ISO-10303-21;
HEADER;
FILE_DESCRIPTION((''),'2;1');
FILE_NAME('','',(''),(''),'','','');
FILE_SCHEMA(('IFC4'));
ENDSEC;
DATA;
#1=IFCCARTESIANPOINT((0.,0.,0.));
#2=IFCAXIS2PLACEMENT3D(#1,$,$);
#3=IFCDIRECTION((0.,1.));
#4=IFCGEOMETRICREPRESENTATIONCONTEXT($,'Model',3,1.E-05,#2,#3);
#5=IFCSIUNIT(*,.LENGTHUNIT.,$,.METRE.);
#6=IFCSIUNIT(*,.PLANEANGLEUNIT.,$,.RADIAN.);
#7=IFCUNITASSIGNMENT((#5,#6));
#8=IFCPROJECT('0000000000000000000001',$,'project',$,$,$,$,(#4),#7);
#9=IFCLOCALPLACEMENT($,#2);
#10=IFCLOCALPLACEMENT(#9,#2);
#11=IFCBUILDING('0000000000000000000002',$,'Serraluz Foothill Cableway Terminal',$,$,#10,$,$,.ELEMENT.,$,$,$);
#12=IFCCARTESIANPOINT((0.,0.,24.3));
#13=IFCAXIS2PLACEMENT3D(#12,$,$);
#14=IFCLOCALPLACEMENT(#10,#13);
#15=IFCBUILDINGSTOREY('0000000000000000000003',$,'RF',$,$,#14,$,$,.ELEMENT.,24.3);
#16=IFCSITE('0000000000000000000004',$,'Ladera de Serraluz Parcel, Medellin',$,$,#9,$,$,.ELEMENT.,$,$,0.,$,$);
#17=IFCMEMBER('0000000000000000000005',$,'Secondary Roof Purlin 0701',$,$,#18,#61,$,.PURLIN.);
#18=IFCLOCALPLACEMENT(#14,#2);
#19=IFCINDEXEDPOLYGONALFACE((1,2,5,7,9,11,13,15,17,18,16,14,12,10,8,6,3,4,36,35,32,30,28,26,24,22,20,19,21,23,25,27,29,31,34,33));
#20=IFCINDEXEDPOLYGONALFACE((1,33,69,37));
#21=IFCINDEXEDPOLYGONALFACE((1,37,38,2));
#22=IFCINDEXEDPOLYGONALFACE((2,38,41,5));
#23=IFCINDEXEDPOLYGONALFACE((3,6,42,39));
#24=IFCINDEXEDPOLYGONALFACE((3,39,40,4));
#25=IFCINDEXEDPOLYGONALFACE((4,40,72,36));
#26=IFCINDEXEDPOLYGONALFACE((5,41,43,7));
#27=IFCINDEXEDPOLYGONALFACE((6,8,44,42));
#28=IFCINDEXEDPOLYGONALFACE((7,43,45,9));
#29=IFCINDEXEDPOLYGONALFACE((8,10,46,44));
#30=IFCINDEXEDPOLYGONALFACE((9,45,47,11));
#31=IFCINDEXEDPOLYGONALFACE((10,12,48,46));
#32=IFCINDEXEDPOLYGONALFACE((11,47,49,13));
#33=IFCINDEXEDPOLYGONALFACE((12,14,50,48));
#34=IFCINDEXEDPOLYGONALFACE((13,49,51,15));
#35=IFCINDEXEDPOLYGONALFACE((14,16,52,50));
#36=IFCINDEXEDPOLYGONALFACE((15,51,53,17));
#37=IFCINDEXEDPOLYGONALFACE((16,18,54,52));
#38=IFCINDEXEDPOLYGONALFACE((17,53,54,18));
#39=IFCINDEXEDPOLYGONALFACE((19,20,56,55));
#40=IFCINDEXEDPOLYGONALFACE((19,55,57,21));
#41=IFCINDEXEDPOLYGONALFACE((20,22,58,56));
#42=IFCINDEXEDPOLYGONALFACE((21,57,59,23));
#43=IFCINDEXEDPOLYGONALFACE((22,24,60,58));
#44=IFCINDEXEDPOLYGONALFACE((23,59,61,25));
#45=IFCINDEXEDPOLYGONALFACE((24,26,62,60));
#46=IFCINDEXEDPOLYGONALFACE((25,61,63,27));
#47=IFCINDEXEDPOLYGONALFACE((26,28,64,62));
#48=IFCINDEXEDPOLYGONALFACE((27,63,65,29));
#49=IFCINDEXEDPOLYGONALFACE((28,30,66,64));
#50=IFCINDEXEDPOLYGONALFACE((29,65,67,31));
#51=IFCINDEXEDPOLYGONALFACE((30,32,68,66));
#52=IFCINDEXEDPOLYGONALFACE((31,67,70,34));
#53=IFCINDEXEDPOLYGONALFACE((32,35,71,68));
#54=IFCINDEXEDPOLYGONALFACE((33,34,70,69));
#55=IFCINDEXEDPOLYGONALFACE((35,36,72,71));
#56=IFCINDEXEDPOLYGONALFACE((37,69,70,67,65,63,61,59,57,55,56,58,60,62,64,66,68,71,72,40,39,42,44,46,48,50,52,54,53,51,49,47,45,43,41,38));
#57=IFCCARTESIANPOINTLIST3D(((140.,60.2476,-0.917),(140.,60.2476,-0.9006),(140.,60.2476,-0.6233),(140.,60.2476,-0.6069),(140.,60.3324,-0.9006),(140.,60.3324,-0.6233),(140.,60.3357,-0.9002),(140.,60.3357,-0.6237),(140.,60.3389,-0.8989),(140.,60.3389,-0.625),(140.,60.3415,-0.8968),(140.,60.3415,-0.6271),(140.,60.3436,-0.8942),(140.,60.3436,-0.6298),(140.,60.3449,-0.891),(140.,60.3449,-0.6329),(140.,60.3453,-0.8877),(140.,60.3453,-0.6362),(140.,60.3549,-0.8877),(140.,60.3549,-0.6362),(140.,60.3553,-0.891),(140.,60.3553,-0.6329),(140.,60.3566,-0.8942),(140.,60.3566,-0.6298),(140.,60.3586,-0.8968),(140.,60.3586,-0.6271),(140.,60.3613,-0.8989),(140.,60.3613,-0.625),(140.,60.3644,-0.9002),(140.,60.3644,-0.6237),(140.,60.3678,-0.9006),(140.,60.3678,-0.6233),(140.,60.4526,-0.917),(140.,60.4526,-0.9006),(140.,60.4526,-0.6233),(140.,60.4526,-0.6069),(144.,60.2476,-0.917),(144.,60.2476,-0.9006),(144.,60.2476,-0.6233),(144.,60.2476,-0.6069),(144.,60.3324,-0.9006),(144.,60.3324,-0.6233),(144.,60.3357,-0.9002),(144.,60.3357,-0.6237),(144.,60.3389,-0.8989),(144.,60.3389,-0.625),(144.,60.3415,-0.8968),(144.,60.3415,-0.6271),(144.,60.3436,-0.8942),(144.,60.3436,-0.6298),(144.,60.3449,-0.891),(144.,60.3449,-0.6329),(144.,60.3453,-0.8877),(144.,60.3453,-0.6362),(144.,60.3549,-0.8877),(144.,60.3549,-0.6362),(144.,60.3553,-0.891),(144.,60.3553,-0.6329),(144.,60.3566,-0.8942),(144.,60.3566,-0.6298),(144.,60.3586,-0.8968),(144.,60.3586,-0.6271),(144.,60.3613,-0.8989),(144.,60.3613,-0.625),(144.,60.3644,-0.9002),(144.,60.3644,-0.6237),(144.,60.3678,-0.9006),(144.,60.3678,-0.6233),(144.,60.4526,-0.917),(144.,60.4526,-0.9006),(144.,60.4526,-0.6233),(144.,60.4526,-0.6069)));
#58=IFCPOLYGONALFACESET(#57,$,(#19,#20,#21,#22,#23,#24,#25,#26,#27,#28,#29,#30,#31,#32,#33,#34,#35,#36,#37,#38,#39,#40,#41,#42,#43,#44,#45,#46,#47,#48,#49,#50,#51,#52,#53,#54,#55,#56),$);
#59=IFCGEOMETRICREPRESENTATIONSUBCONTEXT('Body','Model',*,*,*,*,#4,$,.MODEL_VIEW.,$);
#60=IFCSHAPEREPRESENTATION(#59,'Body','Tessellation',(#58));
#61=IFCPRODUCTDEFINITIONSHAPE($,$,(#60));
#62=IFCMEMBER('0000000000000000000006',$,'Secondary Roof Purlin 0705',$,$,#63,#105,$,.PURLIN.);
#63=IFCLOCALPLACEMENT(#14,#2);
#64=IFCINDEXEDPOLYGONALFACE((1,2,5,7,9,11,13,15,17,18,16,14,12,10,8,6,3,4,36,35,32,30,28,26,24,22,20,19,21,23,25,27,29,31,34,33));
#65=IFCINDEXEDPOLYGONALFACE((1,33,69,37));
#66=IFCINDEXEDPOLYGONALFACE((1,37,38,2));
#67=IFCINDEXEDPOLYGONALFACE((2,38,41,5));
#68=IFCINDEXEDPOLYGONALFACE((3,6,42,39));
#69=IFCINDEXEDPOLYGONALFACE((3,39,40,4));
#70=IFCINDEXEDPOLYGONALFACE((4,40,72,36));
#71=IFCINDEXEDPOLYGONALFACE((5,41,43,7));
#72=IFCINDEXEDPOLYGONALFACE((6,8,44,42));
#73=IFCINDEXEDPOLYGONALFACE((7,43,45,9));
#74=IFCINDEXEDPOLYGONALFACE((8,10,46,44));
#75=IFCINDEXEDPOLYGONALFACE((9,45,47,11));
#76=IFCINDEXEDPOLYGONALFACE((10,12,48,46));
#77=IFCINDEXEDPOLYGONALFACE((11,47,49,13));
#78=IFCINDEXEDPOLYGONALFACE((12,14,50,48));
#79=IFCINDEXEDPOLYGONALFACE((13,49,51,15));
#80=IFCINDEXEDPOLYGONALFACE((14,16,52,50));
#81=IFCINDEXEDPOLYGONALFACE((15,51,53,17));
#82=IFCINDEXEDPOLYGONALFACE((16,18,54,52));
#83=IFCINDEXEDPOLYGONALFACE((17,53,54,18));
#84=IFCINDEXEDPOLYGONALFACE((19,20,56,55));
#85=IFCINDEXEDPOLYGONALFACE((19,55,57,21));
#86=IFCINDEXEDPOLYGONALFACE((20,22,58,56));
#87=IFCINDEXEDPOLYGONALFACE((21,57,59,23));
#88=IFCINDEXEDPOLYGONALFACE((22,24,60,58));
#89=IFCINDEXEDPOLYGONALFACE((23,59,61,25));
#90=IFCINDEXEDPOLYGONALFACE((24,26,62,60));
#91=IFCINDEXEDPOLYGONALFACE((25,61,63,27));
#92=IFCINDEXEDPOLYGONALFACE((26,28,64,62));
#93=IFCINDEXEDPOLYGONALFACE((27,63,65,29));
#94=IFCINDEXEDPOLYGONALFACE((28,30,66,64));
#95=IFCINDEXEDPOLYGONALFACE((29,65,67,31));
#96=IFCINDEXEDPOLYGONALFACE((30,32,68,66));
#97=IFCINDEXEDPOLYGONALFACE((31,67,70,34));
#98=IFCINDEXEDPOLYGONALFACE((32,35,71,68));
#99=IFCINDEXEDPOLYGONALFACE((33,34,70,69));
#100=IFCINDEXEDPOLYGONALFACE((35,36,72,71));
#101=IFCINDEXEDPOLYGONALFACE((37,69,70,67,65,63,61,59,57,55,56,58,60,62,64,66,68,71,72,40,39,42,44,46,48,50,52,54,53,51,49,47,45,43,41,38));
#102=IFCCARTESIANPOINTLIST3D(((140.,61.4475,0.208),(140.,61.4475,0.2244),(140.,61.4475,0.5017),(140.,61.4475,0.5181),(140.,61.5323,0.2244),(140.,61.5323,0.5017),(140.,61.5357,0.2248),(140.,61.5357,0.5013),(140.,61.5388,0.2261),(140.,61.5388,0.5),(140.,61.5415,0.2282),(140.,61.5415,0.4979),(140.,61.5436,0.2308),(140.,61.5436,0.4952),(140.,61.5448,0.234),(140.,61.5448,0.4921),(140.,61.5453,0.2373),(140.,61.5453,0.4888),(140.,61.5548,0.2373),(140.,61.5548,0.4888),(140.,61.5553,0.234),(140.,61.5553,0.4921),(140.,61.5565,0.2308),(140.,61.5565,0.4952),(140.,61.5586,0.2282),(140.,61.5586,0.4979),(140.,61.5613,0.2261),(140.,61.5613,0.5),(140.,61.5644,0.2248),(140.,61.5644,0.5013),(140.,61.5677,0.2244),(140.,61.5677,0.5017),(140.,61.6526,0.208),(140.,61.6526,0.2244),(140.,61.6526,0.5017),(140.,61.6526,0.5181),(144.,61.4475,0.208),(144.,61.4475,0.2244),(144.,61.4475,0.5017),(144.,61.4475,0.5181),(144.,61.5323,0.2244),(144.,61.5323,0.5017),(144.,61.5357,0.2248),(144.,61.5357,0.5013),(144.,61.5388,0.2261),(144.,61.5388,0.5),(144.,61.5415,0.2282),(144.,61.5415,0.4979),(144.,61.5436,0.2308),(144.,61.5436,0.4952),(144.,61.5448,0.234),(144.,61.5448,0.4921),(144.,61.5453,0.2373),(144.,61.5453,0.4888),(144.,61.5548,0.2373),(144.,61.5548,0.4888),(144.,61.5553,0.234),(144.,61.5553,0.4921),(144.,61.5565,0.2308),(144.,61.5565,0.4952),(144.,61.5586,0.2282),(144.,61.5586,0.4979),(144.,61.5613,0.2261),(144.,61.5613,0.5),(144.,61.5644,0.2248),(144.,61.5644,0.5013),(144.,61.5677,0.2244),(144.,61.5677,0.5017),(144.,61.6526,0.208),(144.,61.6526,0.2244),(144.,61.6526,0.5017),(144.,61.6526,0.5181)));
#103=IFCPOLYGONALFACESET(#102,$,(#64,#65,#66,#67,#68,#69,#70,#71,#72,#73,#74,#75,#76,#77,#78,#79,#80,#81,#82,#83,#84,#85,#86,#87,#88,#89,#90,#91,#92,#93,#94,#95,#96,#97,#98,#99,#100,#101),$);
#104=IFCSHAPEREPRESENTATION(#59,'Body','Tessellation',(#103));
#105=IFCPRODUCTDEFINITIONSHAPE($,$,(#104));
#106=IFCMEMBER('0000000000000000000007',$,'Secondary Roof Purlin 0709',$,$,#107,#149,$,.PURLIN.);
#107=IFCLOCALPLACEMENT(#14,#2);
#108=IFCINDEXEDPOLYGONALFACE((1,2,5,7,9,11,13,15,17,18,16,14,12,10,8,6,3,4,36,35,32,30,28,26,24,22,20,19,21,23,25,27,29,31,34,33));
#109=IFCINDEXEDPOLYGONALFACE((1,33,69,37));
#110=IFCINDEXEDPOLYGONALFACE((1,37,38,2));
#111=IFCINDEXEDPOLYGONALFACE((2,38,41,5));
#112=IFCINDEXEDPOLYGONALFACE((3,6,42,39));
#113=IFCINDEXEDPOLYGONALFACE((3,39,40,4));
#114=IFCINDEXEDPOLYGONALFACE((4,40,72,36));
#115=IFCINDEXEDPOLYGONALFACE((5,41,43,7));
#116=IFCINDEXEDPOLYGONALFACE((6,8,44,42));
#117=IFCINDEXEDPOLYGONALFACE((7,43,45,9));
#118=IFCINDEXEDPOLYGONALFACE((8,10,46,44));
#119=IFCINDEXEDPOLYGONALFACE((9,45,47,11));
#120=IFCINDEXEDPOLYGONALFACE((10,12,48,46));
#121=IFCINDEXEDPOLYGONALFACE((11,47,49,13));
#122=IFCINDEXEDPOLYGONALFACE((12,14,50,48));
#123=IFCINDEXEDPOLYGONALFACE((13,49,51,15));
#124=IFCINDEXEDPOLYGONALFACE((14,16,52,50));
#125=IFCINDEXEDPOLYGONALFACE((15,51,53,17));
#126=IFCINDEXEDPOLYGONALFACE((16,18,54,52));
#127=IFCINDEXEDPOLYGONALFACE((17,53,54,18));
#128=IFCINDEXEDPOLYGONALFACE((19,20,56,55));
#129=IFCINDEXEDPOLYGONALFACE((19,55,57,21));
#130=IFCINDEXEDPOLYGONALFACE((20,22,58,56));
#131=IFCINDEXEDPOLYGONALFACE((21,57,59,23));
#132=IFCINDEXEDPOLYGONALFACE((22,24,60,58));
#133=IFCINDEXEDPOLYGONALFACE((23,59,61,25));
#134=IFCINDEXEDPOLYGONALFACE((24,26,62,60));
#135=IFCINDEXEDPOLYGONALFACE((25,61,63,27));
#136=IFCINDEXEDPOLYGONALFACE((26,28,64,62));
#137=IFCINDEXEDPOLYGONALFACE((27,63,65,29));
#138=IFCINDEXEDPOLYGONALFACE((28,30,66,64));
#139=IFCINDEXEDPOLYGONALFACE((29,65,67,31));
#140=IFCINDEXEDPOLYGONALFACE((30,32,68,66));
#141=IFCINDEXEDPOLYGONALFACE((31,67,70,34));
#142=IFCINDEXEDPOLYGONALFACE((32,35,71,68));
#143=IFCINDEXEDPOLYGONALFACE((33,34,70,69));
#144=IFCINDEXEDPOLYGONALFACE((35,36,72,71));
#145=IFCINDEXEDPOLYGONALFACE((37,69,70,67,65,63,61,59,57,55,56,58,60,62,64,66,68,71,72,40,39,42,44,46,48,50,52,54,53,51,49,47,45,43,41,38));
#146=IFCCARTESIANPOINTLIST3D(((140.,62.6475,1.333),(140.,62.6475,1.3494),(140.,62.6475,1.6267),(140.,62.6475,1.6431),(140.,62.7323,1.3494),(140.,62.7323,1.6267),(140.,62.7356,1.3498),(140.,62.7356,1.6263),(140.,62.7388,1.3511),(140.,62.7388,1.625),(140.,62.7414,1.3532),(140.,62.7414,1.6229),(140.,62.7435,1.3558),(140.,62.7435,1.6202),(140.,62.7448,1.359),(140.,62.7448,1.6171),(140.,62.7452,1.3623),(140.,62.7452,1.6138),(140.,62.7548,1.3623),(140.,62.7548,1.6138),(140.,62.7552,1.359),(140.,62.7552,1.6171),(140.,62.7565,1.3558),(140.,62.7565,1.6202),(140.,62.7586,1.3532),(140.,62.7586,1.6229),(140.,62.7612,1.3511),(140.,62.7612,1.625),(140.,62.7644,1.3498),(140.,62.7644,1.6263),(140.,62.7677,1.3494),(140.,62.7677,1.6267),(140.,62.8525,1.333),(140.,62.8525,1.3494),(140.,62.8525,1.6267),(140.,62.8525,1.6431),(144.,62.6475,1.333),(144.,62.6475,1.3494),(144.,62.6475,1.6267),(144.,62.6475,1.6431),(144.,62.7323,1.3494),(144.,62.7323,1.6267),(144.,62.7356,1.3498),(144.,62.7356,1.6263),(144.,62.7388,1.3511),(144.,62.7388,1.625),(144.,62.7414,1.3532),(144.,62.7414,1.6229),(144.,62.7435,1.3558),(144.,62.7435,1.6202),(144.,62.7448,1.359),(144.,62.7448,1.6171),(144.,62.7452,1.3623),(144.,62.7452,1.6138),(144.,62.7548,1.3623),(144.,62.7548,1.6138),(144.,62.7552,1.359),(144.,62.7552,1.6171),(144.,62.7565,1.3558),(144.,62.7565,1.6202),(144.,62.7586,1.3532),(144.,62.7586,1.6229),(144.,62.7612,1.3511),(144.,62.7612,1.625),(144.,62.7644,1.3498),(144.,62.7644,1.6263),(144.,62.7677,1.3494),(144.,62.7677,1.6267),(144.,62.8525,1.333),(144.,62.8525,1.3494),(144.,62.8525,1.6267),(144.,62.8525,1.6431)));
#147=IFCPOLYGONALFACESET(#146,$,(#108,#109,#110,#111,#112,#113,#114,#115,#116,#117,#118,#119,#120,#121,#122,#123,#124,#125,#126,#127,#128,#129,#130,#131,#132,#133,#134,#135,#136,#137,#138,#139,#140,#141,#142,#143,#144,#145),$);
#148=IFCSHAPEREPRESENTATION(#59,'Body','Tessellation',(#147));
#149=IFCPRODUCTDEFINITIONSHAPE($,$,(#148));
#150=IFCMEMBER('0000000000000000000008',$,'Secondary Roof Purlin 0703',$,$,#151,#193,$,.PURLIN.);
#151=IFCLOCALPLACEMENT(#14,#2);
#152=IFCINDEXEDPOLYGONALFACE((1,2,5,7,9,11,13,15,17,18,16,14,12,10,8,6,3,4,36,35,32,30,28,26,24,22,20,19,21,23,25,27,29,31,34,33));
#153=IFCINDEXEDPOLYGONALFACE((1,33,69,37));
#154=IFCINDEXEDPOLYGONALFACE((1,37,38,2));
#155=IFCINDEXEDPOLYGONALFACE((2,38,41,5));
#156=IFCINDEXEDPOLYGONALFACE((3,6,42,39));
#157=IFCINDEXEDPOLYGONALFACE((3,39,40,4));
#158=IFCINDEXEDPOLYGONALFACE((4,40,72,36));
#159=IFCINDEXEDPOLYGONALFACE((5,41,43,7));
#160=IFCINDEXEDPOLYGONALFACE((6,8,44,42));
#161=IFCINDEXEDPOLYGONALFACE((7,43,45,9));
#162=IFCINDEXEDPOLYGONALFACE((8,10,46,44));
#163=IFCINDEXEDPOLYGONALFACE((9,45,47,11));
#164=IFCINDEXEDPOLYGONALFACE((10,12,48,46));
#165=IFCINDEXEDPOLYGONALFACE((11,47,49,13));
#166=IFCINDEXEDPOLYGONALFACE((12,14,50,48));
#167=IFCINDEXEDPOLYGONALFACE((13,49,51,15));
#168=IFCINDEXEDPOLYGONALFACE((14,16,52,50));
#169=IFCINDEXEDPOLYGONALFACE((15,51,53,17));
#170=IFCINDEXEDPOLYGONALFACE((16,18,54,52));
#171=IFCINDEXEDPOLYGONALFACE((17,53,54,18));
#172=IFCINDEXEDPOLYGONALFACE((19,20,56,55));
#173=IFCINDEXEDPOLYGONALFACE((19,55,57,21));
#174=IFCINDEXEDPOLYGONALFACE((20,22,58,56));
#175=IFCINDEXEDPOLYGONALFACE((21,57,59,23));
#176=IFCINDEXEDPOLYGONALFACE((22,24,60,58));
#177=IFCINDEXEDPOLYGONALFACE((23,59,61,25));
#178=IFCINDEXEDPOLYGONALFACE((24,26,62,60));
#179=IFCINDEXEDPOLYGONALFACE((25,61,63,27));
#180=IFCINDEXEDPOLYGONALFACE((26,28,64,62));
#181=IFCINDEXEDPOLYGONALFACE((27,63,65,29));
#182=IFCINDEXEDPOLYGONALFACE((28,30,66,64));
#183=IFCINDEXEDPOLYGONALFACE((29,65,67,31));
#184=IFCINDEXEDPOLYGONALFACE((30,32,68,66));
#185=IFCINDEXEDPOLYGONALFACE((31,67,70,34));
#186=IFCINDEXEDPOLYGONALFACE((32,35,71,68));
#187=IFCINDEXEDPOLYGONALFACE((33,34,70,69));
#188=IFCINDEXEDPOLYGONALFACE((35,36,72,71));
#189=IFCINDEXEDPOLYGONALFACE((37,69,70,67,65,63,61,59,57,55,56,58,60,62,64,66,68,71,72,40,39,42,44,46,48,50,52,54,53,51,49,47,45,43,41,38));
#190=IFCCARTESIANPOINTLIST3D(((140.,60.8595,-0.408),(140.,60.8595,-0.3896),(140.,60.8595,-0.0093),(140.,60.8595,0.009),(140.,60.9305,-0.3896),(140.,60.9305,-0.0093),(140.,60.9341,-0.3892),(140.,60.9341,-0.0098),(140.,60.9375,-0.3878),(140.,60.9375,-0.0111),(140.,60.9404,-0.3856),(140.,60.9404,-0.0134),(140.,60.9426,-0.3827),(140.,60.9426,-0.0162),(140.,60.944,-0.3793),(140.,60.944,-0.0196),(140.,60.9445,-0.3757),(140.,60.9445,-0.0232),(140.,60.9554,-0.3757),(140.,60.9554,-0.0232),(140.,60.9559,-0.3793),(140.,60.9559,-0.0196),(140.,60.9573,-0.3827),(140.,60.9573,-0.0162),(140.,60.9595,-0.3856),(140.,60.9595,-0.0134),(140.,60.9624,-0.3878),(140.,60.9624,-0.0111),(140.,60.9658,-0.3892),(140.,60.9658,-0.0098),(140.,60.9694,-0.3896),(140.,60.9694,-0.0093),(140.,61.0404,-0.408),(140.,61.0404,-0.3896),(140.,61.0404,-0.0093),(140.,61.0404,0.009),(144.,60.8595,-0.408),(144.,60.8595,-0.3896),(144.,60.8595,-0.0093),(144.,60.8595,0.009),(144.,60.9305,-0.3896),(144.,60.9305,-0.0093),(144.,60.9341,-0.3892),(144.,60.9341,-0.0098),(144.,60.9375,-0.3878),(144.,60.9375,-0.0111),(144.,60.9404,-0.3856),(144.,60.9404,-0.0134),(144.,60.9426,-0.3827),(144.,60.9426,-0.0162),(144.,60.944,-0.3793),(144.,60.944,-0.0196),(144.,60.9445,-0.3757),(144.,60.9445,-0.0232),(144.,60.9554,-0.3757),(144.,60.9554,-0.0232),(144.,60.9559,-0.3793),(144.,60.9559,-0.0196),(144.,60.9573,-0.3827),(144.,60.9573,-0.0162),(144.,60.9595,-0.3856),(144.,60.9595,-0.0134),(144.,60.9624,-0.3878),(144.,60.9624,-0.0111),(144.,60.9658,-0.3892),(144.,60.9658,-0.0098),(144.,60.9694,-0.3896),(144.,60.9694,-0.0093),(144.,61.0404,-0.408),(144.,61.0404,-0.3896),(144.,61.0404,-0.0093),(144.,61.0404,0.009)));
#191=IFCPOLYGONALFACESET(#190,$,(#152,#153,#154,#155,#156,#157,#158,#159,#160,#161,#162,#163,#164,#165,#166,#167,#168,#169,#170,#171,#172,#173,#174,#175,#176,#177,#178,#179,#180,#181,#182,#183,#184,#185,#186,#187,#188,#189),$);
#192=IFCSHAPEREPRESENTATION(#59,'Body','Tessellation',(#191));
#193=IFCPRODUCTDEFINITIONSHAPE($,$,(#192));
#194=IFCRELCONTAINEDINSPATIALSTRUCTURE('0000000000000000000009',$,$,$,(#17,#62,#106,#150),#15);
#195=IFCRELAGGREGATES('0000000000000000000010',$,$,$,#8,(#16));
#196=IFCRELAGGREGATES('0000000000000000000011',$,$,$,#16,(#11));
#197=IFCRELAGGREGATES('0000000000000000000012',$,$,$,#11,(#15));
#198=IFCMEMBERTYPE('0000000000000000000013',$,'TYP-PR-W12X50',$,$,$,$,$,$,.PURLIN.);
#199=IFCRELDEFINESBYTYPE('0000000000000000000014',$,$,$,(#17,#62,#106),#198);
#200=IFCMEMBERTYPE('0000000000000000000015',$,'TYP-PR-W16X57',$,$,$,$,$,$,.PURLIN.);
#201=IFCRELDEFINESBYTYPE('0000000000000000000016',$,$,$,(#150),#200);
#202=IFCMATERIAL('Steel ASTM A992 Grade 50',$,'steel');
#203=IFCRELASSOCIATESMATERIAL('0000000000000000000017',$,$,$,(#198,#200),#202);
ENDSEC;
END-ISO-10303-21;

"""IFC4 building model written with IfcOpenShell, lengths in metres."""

from ifc_helpers import new_model, si_unit, direction, frame, origin, origin_2d, place, context, subcontext, project, spatial, i_section, extrude, material, material_profile, profile_set, type_object, element, save


model = new_model("IFC4")

# Units and contexts
model_context = context("Model", 3, precision=1e-05, world=origin(), true_north=direction((0.0, 1.0)))
body_context = subcontext(model_context, "Body", "Model", "MODEL_VIEW")
ifc_project = project(units=[si_unit("LENGTHUNIT", "METRE"), si_unit("PLANEANGLEUNIT", "RADIAN")], contexts=[model_context])

# Site, building, storey
site_placement = place(None, origin())
site = spatial("IfcSite", under=ifc_project, at=site_placement, Name="Ladera de Serraluz Parcel, Medellin", CompositionType="ELEMENT", RefElevation=0.0)
building_placement = place(site_placement, origin())
building = spatial("IfcBuilding", under=site, at=building_placement, Name="Serraluz Foothill Cableway Terminal", CompositionType="ELEMENT")
storey_placement = place(building_placement, frame((0.0, 0.0, 24.3)))
storey = spatial("IfcBuildingStorey", under=building, at=storey_placement, Name="RF", CompositionType="ELEMENT", Elevation=24.3)

# Members
ifc_material_1 = material(Name="Steel ASTM A992 Grade 50", Category="steel")
ifc_material_profile_1 = material_profile(ifc_material_1, i_section(OverallWidth=0.2051, OverallDepth=0.3101, WebThickness=0.0095, FlangeThickness=0.0164, FilletRadius=0.0129, at=origin_2d()), Name="W12X50")
ifc_profile_set_1 = profile_set([ifc_material_profile_1], Name="Steel ASTM A992 Grade 50")
member_type_1 = type_object("IfcMemberType", Name="TYP-PR-W12X50", PredefinedType="PURLIN", material=ifc_profile_set_1)
for number, where, z_axis, x_axis, name in (
    (1, (140.0, 60.3501, -0.762), (1.0, 0.0, 0.0), (0.0, 1.0, 0.0), "Secondary Roof Purlin 0701"),
    (2, (140.0, 61.55, 0.363), (1.0, 0.0, 0.0), (0.0, 1.0, 0.0), "Secondary Roof Purlin 0705"),
    (3, (140.0, 62.75, 1.488), (1.0, 0.0, 0.0), (0.0, 1.0, 0.0), "Secondary Roof Purlin 0709"),
):
    element("IfcMember", number, at=place(storey_placement, frame(where, z_axis=z_axis, x_axis=x_axis)), inside=storey, type_object=member_type_1, Name=name, PredefinedType="PURLIN", context=body_context, shape_type="SweptSolid", body=[
        extrude(i_section(OverallWidth=0.2051, OverallDepth=0.3101, WebThickness=0.0095, FlangeThickness=0.0164, FilletRadius=0.0129, at=origin_2d()), origin(), (0.0, 0.0, 1.0), 4.0),
    ])
ifc_material_profile_2 = material_profile(ifc_material_1, i_section(OverallWidth=0.1809, OverallDepth=0.417, WebThickness=0.011, FlangeThickness=0.0183, FilletRadius=0.0139, at=origin_2d()), Name="W16X57")
ifc_profile_set_2 = profile_set([ifc_material_profile_2], Name="Steel ASTM A992 Grade 50")
member_type_2 = type_object("IfcMemberType", Name="TYP-PR-W16X57", PredefinedType="PURLIN", material=ifc_profile_set_2)
for number, where, z_axis, x_axis, name in (
    (4, (140.0, 60.95, -0.1995), (1.0, 0.0, 0.0), (0.0, 1.0, 0.0), "Secondary Roof Purlin 0703"),
):
    element("IfcMember", number, at=place(storey_placement, frame(where, z_axis=z_axis, x_axis=x_axis)), inside=storey, type_object=member_type_2, Name=name, PredefinedType="PURLIN", context=body_context, shape_type="SweptSolid", body=[
        extrude(i_section(OverallWidth=0.1809, OverallDepth=0.417, WebThickness=0.011, FlangeThickness=0.0183, FilletRadius=0.0139, at=origin_2d()), origin(), (0.0, 0.0, 1.0), 4.0),
    ])

save(model, "model.ifc")
